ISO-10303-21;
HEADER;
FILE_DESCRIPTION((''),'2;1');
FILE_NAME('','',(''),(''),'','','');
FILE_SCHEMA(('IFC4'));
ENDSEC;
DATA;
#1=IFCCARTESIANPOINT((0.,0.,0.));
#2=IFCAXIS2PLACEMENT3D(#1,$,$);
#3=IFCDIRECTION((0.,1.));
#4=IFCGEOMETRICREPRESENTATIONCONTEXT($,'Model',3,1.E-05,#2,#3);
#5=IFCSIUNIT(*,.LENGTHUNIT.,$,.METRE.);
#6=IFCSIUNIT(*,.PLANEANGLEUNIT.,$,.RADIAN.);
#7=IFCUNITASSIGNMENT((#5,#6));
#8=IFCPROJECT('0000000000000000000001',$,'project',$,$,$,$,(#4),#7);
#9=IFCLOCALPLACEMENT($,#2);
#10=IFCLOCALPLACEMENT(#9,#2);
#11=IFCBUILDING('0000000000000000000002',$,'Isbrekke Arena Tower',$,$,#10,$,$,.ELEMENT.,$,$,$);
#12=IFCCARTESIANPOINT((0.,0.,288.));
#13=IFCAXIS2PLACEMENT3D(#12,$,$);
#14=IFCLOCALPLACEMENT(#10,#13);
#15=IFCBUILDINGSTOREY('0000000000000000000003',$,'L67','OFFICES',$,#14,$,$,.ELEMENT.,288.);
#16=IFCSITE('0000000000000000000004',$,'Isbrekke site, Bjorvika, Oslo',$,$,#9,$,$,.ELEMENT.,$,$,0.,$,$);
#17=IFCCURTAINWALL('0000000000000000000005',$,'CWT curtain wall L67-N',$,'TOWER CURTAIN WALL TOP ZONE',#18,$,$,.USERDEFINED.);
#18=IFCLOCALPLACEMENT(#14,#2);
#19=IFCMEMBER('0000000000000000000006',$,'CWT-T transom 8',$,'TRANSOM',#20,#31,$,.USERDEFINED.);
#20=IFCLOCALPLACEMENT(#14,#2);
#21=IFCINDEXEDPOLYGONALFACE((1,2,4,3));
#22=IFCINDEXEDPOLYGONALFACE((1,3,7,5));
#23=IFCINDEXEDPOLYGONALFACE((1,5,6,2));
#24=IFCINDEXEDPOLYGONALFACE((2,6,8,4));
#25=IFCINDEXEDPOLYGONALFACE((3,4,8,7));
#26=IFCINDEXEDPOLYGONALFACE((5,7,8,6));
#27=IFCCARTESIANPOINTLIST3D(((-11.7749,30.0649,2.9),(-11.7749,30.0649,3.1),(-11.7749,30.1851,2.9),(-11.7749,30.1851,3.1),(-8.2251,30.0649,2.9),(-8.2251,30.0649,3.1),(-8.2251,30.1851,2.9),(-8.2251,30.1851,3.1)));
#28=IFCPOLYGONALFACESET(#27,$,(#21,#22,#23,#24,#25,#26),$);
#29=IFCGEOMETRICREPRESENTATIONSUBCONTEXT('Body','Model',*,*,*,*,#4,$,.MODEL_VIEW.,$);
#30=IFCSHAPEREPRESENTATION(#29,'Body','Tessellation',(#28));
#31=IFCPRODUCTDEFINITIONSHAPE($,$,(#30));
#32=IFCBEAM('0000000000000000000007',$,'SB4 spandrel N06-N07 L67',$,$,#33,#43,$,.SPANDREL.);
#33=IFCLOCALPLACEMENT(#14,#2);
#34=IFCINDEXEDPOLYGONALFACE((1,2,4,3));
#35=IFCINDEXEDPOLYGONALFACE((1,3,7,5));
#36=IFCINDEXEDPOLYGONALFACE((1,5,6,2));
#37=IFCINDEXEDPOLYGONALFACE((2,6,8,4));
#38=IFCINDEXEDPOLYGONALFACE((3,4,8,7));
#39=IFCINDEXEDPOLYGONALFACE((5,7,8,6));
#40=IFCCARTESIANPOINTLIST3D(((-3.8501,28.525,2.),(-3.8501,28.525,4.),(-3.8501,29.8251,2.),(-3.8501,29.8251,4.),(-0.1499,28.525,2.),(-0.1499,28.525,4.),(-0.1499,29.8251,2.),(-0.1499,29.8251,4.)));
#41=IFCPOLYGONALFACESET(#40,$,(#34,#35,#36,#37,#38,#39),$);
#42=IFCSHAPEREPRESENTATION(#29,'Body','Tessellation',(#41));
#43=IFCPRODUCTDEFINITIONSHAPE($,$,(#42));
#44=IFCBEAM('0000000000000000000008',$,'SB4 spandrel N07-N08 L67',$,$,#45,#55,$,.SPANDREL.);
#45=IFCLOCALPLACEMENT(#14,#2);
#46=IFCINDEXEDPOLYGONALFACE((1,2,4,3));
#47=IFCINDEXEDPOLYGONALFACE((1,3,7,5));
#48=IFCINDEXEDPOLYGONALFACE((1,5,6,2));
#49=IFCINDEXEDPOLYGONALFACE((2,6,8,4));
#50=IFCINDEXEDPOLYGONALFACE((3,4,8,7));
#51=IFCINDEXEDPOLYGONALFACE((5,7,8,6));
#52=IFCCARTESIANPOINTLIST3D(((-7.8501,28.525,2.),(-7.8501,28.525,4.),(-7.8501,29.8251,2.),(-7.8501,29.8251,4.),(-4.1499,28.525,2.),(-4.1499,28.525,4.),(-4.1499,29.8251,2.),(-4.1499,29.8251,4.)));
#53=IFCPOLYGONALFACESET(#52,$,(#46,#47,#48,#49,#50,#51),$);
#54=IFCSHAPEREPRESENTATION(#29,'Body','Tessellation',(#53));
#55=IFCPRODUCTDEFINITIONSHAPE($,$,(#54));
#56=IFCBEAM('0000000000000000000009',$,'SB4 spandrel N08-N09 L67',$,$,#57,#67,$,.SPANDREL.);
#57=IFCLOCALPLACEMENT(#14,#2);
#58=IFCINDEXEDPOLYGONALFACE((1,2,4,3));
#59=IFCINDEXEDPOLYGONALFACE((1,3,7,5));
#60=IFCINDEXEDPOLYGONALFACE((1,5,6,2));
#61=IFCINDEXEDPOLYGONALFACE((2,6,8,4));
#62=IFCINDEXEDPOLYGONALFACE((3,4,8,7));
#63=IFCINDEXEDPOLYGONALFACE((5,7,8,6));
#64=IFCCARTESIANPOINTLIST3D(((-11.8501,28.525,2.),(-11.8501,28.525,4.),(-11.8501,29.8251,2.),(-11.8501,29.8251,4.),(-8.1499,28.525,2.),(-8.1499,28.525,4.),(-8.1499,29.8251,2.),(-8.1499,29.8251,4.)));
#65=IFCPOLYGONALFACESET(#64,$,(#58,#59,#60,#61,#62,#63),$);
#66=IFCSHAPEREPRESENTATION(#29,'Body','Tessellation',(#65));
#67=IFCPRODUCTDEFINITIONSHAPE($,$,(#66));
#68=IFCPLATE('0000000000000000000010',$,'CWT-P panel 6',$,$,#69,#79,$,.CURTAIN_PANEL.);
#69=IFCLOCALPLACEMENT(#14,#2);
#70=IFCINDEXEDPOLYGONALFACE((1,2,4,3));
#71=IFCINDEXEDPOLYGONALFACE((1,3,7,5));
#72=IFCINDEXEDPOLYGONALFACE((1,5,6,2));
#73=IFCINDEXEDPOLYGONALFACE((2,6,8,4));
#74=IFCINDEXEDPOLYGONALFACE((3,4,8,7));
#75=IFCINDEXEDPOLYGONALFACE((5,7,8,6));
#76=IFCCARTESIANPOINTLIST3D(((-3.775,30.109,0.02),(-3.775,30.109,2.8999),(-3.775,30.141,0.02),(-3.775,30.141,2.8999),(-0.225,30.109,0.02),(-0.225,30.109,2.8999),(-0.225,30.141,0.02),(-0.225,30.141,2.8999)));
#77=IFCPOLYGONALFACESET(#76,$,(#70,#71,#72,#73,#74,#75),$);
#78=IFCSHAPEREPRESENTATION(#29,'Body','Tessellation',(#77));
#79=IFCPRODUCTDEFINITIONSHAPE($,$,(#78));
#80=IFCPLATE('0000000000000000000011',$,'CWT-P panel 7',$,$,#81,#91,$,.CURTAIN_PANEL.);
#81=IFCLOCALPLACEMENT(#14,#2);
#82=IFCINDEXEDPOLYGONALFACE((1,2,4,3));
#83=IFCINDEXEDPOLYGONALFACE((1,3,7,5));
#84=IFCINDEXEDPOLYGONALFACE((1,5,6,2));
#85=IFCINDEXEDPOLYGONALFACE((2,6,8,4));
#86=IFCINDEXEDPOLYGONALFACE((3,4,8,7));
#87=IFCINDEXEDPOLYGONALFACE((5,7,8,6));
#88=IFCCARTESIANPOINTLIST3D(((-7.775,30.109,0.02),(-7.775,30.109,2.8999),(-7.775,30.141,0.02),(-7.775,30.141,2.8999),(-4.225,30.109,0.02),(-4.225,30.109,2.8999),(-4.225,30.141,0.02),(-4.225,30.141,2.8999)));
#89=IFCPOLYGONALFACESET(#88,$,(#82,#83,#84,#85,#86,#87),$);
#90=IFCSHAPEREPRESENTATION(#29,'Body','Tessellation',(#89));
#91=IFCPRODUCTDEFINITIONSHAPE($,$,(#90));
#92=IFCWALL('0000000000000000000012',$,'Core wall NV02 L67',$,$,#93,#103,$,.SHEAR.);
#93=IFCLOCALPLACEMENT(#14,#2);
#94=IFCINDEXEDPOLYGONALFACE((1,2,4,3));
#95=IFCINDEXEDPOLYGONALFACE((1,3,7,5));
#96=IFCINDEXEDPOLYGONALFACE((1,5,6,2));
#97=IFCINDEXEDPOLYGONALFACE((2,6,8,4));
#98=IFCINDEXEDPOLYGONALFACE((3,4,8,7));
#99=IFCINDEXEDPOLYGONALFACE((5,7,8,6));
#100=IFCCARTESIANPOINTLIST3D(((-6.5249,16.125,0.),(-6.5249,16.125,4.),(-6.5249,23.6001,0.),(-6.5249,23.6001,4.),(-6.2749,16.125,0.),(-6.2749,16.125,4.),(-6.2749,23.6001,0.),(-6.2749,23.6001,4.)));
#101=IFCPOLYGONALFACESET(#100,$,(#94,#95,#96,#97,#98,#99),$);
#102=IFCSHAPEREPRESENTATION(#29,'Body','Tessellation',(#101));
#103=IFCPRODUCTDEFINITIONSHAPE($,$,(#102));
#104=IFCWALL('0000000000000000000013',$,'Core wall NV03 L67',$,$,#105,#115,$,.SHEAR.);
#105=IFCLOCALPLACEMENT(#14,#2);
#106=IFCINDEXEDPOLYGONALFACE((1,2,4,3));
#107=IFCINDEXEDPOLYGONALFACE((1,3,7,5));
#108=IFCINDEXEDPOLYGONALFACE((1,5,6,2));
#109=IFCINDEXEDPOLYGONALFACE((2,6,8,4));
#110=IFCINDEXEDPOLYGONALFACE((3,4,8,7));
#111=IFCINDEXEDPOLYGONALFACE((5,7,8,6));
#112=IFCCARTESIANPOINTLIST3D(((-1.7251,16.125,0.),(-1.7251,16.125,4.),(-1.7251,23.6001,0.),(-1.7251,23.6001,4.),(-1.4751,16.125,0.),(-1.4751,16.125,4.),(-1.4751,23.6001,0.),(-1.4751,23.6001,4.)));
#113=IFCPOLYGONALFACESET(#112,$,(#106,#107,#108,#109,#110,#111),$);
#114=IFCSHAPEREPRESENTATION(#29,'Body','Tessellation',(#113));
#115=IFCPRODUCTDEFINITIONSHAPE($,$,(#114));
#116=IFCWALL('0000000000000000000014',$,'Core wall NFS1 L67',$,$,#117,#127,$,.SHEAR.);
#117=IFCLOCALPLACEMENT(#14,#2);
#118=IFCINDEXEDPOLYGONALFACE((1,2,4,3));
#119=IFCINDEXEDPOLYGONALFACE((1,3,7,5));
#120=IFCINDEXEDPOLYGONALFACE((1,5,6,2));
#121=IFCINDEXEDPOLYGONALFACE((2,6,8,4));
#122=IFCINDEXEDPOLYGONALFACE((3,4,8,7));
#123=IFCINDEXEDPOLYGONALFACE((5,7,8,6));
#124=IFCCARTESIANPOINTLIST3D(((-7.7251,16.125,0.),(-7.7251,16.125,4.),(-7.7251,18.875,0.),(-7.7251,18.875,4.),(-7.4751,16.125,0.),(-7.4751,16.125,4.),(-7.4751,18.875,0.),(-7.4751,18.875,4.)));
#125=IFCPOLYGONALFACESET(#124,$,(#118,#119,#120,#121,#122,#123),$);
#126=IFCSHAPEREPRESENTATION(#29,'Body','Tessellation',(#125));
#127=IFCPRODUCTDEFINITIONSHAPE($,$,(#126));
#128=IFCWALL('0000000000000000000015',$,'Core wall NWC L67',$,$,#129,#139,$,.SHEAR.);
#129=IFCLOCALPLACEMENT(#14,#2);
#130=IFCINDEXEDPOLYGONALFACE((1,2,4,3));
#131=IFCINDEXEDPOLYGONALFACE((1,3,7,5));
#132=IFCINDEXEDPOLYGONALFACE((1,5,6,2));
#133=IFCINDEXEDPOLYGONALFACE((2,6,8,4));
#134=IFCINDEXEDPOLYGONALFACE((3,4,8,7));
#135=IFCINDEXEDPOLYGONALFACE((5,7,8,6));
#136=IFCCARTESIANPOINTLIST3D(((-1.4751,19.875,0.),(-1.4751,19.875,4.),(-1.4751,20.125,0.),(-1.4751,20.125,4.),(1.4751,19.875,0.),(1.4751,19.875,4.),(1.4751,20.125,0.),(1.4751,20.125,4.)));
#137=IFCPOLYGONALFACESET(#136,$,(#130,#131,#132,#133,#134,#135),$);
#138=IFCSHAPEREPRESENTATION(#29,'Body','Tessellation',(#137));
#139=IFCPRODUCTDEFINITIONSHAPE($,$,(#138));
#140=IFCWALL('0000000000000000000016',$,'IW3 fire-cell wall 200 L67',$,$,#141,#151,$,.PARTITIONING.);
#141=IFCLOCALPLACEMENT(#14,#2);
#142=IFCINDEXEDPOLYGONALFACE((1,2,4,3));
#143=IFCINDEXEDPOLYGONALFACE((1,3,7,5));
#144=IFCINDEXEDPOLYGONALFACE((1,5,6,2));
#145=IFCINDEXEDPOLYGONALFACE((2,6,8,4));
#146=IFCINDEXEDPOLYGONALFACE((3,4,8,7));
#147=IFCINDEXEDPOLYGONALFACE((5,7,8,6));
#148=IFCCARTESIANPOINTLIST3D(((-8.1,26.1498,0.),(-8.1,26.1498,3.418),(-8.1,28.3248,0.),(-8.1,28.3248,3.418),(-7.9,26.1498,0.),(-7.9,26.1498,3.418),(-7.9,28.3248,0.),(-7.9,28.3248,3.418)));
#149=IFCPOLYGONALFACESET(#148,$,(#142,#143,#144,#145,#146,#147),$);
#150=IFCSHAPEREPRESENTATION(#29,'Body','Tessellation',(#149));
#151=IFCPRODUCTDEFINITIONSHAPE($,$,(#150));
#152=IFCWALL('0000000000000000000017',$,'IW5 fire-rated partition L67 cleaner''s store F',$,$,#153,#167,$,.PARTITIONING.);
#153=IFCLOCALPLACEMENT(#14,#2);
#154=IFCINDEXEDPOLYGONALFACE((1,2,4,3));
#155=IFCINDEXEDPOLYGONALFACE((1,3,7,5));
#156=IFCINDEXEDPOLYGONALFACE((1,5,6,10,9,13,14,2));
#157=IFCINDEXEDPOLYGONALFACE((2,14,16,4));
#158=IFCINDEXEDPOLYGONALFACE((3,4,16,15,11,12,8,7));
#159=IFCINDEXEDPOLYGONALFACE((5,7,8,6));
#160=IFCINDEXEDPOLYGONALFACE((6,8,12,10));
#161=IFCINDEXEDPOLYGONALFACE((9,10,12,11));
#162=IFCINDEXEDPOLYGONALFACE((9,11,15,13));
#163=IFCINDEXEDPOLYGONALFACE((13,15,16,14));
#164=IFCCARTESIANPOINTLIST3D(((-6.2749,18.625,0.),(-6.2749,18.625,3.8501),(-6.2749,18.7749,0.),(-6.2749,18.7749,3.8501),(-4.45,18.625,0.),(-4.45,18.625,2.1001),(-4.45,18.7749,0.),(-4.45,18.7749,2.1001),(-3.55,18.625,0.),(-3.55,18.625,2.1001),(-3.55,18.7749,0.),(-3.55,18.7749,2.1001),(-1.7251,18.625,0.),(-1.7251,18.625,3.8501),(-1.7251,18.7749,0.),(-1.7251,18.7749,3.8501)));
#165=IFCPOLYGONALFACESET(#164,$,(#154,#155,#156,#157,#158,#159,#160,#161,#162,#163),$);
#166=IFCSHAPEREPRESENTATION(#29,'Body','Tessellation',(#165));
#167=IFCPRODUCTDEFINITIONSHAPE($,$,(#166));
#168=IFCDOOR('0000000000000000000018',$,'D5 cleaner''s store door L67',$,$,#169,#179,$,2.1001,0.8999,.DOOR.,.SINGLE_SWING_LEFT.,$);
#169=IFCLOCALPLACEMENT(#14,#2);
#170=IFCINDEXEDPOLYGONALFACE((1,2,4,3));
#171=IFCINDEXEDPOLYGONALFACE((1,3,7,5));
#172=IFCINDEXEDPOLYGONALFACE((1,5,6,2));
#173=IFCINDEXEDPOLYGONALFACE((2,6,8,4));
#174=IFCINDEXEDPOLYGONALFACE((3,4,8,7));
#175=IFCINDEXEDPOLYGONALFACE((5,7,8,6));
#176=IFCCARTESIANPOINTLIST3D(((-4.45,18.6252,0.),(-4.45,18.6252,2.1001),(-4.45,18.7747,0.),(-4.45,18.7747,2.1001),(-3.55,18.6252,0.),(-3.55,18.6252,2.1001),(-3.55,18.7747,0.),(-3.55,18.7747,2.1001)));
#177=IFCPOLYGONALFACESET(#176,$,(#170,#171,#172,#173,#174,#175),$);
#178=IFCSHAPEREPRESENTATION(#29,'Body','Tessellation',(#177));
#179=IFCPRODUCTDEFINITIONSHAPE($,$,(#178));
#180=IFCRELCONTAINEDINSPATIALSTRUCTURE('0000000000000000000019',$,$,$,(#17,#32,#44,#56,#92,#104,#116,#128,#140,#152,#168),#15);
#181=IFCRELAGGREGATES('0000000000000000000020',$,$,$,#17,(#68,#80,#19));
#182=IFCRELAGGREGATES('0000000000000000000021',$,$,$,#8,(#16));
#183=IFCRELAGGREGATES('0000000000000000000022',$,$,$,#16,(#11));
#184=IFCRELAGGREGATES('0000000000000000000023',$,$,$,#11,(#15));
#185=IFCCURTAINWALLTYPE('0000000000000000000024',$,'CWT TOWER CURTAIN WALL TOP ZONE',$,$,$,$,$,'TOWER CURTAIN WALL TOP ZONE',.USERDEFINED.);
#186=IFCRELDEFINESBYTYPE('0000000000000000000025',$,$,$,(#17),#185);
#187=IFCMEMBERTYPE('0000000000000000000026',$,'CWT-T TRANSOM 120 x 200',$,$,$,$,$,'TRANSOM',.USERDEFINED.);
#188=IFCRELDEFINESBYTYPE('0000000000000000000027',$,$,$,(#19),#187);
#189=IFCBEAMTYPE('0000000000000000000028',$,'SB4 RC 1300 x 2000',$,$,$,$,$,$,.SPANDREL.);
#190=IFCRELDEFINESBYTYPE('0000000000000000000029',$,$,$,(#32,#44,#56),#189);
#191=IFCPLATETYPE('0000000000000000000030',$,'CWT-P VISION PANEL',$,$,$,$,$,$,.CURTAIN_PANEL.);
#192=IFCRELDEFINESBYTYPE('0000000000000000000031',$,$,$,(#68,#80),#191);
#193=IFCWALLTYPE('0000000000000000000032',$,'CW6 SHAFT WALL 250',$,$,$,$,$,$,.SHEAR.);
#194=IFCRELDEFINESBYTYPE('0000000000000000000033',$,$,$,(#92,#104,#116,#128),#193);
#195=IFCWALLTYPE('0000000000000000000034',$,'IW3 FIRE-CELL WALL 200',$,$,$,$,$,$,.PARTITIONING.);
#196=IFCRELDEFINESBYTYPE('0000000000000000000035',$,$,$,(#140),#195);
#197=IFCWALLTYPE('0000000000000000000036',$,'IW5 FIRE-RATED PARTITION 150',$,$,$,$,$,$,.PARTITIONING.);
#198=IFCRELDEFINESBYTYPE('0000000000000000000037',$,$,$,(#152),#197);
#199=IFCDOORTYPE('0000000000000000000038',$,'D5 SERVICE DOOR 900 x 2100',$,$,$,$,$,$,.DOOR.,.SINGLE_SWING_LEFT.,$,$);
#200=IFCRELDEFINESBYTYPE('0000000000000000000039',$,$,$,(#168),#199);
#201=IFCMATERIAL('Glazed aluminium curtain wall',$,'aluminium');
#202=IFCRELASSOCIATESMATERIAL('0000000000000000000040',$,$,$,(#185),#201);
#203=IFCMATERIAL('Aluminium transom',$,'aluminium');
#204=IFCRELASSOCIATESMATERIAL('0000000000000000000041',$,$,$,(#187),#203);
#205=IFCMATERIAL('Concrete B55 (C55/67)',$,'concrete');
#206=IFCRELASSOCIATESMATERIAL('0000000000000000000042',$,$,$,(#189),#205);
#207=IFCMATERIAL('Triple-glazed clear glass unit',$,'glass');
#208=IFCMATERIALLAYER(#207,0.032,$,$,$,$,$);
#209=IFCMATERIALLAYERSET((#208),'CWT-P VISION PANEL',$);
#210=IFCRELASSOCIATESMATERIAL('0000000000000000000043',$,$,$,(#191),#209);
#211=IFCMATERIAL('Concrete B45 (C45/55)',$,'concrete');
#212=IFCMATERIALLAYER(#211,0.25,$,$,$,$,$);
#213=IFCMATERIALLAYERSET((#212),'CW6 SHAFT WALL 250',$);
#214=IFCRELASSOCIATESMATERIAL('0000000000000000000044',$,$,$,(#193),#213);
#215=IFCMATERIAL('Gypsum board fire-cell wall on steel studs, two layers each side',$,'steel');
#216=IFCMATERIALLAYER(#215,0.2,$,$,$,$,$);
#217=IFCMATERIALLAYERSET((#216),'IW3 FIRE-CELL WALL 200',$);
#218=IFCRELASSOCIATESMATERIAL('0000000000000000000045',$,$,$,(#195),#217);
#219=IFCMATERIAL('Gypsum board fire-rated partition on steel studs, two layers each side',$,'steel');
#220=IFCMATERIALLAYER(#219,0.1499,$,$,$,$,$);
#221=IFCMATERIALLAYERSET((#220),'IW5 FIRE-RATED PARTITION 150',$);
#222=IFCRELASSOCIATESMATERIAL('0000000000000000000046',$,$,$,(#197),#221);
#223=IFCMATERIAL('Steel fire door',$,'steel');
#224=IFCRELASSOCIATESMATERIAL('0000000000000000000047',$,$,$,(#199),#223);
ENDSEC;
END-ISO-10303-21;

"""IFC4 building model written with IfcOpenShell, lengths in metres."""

from ifc_helpers import new_model, si_unit, direction, frame, frame_2d, origin, origin_2d, place, context, subcontext, project, spatial, rectangle, extrude, material, layer, layer_set, material_profile, profile_set, type_object, element, fill, aggregate, save


model = new_model("IFC4")

# Units and contexts
model_context = context("Model", 3, precision=1e-05, world=origin(), true_north=direction((0.0, 1.0)))
body_context = subcontext(model_context, "Body", "Model", "MODEL_VIEW")
ifc_project = project(units=[si_unit("LENGTHUNIT", "METRE"), si_unit("PLANEANGLEUNIT", "RADIAN")], contexts=[model_context])

# Site, building, storey
site_placement = place(None, origin())
site = spatial("IfcSite", under=ifc_project, at=site_placement, Name="Isbrekke site, Bjorvika, Oslo", CompositionType="ELEMENT", RefElevation=0.0)
building_placement = place(site_placement, origin())
building = spatial("IfcBuilding", under=site, at=building_placement, Name="Isbrekke Arena Tower", CompositionType="ELEMENT")
storey_placement = place(building_placement, frame((0.0, 0.0, 288.0)))
storey = spatial("IfcBuildingStorey", under=building, at=storey_placement, Name="L67", Description="OFFICES", CompositionType="ELEMENT", Elevation=288.0)

# Curtain wall, member
ifc_material_1 = material(Name="Glazed aluminium curtain wall", Category="aluminium")
curtain_wall_type = type_object("IfcCurtainWallType", Name="CWT TOWER CURTAIN WALL TOP ZONE", ElementType="TOWER CURTAIN WALL TOP ZONE", PredefinedType="USERDEFINED", material=ifc_material_1)
curtain_wall_placement = place(storey_placement, origin())
curtain_wall = element("IfcCurtainWall", 1, at=curtain_wall_placement, inside=storey, type_object=curtain_wall_type, Name="CWT curtain wall L67-N", ObjectType="TOWER CURTAIN WALL TOP ZONE", PredefinedType="USERDEFINED")
ifc_material_2 = material(Name="Aluminium transom", Category="aluminium")
ifc_material_profile_1 = material_profile(ifc_material_2, rectangle(XDim=0.1201, YDim=0.2, at=origin_2d()), Name="TRANSOM 120X200")
ifc_profile_set_1 = profile_set([ifc_material_profile_1], Name="Aluminium transom")
member_type_1 = type_object("IfcMemberType", Name="CWT-T TRANSOM 120 x 200", ElementType="TRANSOM", PredefinedType="USERDEFINED", material=ifc_profile_set_1)
member_1_placement = place(storey_placement, frame((-8.2251, 30.125, 3.0), z_axis=(-1.0, 0.0, 0.0), x_axis=(0.0, -1.0, 0.0)))
member_1 = element("IfcMember", 2, at=member_1_placement, type_object=member_type_1, Name="CWT-T transom 8", ObjectType="TRANSOM", PredefinedType="USERDEFINED", context=body_context, shape_type="SweptSolid", body=[
    extrude(rectangle(XDim=0.1201, YDim=0.2, at=origin_2d()), origin(), (0.0, 0.0, 1.0), 3.5498),
])

# Beams
ifc_material_3 = material(Name="Concrete B55 (C55/67)", Category="concrete")
ifc_material_profile_2 = material_profile(ifc_material_3, rectangle(XDim=1.3, YDim=2.0, at=origin_2d()), Name="RC 1300x2000")
ifc_profile_set_2 = profile_set([ifc_material_profile_2], Name="Concrete B55 (C55/67)")
beam_type_1 = type_object("IfcBeamType", Name="SB4 RC 1300 x 2000", PredefinedType="SPANDREL", material=ifc_profile_set_2)
for number, where, z_axis, x_axis, name in (
    (3, (-0.1499, 29.175, 3.0), (-1.0, 0.0, 0.0), (0.0, -1.0, 0.0), "SB4 spandrel N06-N07 L67"),
    (4, (-4.1499, 29.175, 3.0), (-1.0, 0.0, 0.0), (0.0, -1.0, 0.0), "SB4 spandrel N07-N08 L67"),
    (5, (-8.1499, 29.175, 3.0), (-1.0, 0.0, 0.0), (0.0, -1.0, 0.0), "SB4 spandrel N08-N09 L67"),
):
    element("IfcBeam", number, at=place(storey_placement, frame(where, z_axis=z_axis, x_axis=x_axis)), inside=storey, type_object=beam_type_1, Name=name, PredefinedType="SPANDREL", context=body_context, shape_type="SweptSolid", body=[
        extrude(rectangle(XDim=1.3, YDim=2.0, at=origin_2d()), origin(), (0.0, 0.0, 1.0), 3.7002),
    ])

# Plates
ifc_material_4 = material(Name="Triple-glazed clear glass unit", Category="glass")
ifc_layer_1 = layer(ifc_material_4, 0.032)
ifc_layer_set_1 = layer_set([ifc_layer_1], Name="CWT-P VISION PANEL")
plate_type = type_object("IfcPlateType", Name="CWT-P VISION PANEL", PredefinedType="CURTAIN_PANEL", material=ifc_layer_set_1)
plate_1_placement = place(storey_placement, frame((-2.0, 30.125, 0.02), z_axis=(0.0, 0.0, 1.0), x_axis=(-1.0, 0.0, 0.0)))
plate_1 = element("IfcPlate", 6, at=plate_1_placement, type_object=plate_type, Name="CWT-P panel 6", PredefinedType="CURTAIN_PANEL", context=body_context, shape_type="SweptSolid", body=[
    extrude(rectangle(XDim=3.55, YDim=0.032, at=origin_2d()), origin(), (0.0, 0.0, 1.0), 2.8799),
])
plate_2_placement = place(storey_placement, frame((-6.0, 30.125, 0.02), z_axis=(0.0, 0.0, 1.0), x_axis=(-1.0, 0.0, 0.0)))
plate_2 = element("IfcPlate", 7, at=plate_2_placement, type_object=plate_type, Name="CWT-P panel 7", PredefinedType="CURTAIN_PANEL", context=body_context, shape_type="SweptSolid", body=[
    extrude(rectangle(XDim=3.55, YDim=0.032, at=origin_2d()), origin(), (0.0, 0.0, 1.0), 2.8799),
])
aggregate(curtain_wall, [plate_1, plate_2, member_1])

# Walls
ifc_material_5 = material(Name="Concrete B45 (C45/55)", Category="concrete")
ifc_layer_2 = layer(ifc_material_5, 0.25)
ifc_layer_set_2 = layer_set([ifc_layer_2], Name="CW6 SHAFT WALL 250")
wall_type_1 = type_object("IfcWallType", Name="CW6 SHAFT WALL 250", PredefinedType="SHEAR", material=ifc_layer_set_2)
for number, where, z_axis, x_axis, name in (
    (8, (-6.3999, 16.125, 0.0), (0.0, 0.0, 1.0), (0.0, 1.0, 0.0), "Core wall NV02 L67"),
    (9, (-1.6001, 16.125, 0.0), (0.0, 0.0, 1.0), (0.0, 1.0, 0.0), "Core wall NV03 L67"),
):
    element("IfcWall", number, at=place(storey_placement, frame(where, z_axis=z_axis, x_axis=x_axis)), inside=storey, type_object=wall_type_1, Name=name, PredefinedType="SHEAR", context=body_context, shape_type="SweptSolid", body=[
        extrude(rectangle(XDim=7.4751, YDim=0.25, at=frame_2d((3.7375, 0.0))), origin(), (0.0, 0.0, 1.0), 4.0),
    ])
wall_1_placement = place(storey_placement, frame((-7.6001, 16.125, 0.0), z_axis=(0.0, 0.0, 1.0), x_axis=(0.0, 1.0, 0.0)))
element("IfcWall", 10, at=wall_1_placement, inside=storey, type_object=wall_type_1, Name="Core wall NFS1 L67", PredefinedType="SHEAR", context=body_context, shape_type="SweptSolid", body=[
    extrude(rectangle(XDim=2.75, YDim=0.25, at=frame_2d((1.375, 0.0))), origin(), (0.0, 0.0, 1.0), 4.0),
])
wall_2_placement = place(storey_placement, frame((-1.4751, 20.0, 0.0), z_axis=(0.0, 0.0, 1.0), x_axis=(1.0, 0.0, 0.0)))
element("IfcWall", 11, at=wall_2_placement, inside=storey, type_object=wall_type_1, Name="Core wall NWC L67", PredefinedType="SHEAR", context=body_context, shape_type="SweptSolid", body=[
    extrude(rectangle(XDim=2.9502, YDim=0.25, at=frame_2d((1.4751, 0.0))), origin(), (0.0, 0.0, 1.0), 4.0),
])
ifc_material_6 = material(Name="Gypsum board fire-cell wall on steel studs, two layers each side", Category="steel")
ifc_layer_3 = layer(ifc_material_6, 0.2)
ifc_layer_set_3 = layer_set([ifc_layer_3], Name="IW3 FIRE-CELL WALL 200")
wall_type_2 = type_object("IfcWallType", Name="IW3 FIRE-CELL WALL 200", PredefinedType="PARTITIONING", material=ifc_layer_set_3)
wall_3_placement = place(storey_placement, frame((-8.0, 26.1499, 0.0), z_axis=(0.0, 0.0, 1.0), x_axis=(0.0, 1.0, 0.0)))
element("IfcWall", 12, at=wall_3_placement, inside=storey, type_object=wall_type_2, Name="IW3 fire-cell wall 200 L67", PredefinedType="PARTITIONING", context=body_context, shape_type="SweptSolid", body=[
    extrude(rectangle(XDim=2.175, YDim=0.2, at=frame_2d((1.0874, 0.0))), origin(), (0.0, 0.0, 1.0), 3.418),
])

# Wall, opening, door
ifc_material_7 = material(Name="Gypsum board fire-rated partition on steel studs, two layers each side", Category="steel")
ifc_layer_4 = layer(ifc_material_7, 0.1499)
ifc_layer_set_4 = layer_set([ifc_layer_4], Name="IW5 FIRE-RATED PARTITION 150")
wall_type_3 = type_object("IfcWallType", Name="IW5 FIRE-RATED PARTITION 150", PredefinedType="PARTITIONING", material=ifc_layer_set_4)
wall_4_placement = place(storey_placement, frame((-6.2749, 18.7, 0.0), z_axis=(0.0, 0.0, 1.0), x_axis=(1.0, 0.0, 0.0)))
wall_4 = element("IfcWall", 13, at=wall_4_placement, inside=storey, type_object=wall_type_3, Name="IW5 fire-rated partition L67 cleaner's store F", PredefinedType="PARTITIONING", context=body_context, shape_type="SweptSolid", body=[
    extrude(rectangle(XDim=4.5498, YDim=0.1499, at=frame_2d((2.2749, 0.0))), origin(), (0.0, 0.0, 1.0), 3.8501),
])
opening_placement = place(wall_4_placement, frame((1.825, 0.0, 0.0)))
opening = element("IfcOpeningElement", 14, at=opening_placement, cuts=wall_4, PredefinedType="OPENING", context=body_context, shape_type="SweptSolid", body=[
    extrude(rectangle(XDim=0.8999, YDim=2.1001, at=frame_2d((0.45, 1.05))), frame((0.0, 0.0898, 0.0), z_axis=(0.0, -1.0, 0.0), x_axis=(1.0, 0.0, 0.0)), (0.0, 0.0, 1.0), 0.1797),
])
ifc_material_8 = material(Name="Steel fire door", Category="steel")
door_type = type_object("IfcDoorType", Name="D5 SERVICE DOOR 900 x 2100", OperationType="SINGLE_SWING_LEFT", PredefinedType="DOOR", material=ifc_material_8)
door_placement = place(opening_placement, origin())
door = element("IfcDoor", 15, at=door_placement, inside=storey, type_object=door_type, Name="D5 cleaner's store door L67", OperationType="SINGLE_SWING_LEFT", OverallHeight=2.1001, OverallWidth=0.8999, PredefinedType="DOOR", context=body_context, shape_type="SweptSolid", body=[
    extrude(rectangle(XDim=0.8999, YDim=2.1001, at=frame_2d((0.45, 1.05))), frame((0.0, 0.0747, 0.0), z_axis=(0.0, -1.0, 0.0), x_axis=(1.0, 0.0, 0.0)), (0.0, 0.0, 1.0), 0.1494),
])
fill(opening, door)

save(model, "model.ifc")
